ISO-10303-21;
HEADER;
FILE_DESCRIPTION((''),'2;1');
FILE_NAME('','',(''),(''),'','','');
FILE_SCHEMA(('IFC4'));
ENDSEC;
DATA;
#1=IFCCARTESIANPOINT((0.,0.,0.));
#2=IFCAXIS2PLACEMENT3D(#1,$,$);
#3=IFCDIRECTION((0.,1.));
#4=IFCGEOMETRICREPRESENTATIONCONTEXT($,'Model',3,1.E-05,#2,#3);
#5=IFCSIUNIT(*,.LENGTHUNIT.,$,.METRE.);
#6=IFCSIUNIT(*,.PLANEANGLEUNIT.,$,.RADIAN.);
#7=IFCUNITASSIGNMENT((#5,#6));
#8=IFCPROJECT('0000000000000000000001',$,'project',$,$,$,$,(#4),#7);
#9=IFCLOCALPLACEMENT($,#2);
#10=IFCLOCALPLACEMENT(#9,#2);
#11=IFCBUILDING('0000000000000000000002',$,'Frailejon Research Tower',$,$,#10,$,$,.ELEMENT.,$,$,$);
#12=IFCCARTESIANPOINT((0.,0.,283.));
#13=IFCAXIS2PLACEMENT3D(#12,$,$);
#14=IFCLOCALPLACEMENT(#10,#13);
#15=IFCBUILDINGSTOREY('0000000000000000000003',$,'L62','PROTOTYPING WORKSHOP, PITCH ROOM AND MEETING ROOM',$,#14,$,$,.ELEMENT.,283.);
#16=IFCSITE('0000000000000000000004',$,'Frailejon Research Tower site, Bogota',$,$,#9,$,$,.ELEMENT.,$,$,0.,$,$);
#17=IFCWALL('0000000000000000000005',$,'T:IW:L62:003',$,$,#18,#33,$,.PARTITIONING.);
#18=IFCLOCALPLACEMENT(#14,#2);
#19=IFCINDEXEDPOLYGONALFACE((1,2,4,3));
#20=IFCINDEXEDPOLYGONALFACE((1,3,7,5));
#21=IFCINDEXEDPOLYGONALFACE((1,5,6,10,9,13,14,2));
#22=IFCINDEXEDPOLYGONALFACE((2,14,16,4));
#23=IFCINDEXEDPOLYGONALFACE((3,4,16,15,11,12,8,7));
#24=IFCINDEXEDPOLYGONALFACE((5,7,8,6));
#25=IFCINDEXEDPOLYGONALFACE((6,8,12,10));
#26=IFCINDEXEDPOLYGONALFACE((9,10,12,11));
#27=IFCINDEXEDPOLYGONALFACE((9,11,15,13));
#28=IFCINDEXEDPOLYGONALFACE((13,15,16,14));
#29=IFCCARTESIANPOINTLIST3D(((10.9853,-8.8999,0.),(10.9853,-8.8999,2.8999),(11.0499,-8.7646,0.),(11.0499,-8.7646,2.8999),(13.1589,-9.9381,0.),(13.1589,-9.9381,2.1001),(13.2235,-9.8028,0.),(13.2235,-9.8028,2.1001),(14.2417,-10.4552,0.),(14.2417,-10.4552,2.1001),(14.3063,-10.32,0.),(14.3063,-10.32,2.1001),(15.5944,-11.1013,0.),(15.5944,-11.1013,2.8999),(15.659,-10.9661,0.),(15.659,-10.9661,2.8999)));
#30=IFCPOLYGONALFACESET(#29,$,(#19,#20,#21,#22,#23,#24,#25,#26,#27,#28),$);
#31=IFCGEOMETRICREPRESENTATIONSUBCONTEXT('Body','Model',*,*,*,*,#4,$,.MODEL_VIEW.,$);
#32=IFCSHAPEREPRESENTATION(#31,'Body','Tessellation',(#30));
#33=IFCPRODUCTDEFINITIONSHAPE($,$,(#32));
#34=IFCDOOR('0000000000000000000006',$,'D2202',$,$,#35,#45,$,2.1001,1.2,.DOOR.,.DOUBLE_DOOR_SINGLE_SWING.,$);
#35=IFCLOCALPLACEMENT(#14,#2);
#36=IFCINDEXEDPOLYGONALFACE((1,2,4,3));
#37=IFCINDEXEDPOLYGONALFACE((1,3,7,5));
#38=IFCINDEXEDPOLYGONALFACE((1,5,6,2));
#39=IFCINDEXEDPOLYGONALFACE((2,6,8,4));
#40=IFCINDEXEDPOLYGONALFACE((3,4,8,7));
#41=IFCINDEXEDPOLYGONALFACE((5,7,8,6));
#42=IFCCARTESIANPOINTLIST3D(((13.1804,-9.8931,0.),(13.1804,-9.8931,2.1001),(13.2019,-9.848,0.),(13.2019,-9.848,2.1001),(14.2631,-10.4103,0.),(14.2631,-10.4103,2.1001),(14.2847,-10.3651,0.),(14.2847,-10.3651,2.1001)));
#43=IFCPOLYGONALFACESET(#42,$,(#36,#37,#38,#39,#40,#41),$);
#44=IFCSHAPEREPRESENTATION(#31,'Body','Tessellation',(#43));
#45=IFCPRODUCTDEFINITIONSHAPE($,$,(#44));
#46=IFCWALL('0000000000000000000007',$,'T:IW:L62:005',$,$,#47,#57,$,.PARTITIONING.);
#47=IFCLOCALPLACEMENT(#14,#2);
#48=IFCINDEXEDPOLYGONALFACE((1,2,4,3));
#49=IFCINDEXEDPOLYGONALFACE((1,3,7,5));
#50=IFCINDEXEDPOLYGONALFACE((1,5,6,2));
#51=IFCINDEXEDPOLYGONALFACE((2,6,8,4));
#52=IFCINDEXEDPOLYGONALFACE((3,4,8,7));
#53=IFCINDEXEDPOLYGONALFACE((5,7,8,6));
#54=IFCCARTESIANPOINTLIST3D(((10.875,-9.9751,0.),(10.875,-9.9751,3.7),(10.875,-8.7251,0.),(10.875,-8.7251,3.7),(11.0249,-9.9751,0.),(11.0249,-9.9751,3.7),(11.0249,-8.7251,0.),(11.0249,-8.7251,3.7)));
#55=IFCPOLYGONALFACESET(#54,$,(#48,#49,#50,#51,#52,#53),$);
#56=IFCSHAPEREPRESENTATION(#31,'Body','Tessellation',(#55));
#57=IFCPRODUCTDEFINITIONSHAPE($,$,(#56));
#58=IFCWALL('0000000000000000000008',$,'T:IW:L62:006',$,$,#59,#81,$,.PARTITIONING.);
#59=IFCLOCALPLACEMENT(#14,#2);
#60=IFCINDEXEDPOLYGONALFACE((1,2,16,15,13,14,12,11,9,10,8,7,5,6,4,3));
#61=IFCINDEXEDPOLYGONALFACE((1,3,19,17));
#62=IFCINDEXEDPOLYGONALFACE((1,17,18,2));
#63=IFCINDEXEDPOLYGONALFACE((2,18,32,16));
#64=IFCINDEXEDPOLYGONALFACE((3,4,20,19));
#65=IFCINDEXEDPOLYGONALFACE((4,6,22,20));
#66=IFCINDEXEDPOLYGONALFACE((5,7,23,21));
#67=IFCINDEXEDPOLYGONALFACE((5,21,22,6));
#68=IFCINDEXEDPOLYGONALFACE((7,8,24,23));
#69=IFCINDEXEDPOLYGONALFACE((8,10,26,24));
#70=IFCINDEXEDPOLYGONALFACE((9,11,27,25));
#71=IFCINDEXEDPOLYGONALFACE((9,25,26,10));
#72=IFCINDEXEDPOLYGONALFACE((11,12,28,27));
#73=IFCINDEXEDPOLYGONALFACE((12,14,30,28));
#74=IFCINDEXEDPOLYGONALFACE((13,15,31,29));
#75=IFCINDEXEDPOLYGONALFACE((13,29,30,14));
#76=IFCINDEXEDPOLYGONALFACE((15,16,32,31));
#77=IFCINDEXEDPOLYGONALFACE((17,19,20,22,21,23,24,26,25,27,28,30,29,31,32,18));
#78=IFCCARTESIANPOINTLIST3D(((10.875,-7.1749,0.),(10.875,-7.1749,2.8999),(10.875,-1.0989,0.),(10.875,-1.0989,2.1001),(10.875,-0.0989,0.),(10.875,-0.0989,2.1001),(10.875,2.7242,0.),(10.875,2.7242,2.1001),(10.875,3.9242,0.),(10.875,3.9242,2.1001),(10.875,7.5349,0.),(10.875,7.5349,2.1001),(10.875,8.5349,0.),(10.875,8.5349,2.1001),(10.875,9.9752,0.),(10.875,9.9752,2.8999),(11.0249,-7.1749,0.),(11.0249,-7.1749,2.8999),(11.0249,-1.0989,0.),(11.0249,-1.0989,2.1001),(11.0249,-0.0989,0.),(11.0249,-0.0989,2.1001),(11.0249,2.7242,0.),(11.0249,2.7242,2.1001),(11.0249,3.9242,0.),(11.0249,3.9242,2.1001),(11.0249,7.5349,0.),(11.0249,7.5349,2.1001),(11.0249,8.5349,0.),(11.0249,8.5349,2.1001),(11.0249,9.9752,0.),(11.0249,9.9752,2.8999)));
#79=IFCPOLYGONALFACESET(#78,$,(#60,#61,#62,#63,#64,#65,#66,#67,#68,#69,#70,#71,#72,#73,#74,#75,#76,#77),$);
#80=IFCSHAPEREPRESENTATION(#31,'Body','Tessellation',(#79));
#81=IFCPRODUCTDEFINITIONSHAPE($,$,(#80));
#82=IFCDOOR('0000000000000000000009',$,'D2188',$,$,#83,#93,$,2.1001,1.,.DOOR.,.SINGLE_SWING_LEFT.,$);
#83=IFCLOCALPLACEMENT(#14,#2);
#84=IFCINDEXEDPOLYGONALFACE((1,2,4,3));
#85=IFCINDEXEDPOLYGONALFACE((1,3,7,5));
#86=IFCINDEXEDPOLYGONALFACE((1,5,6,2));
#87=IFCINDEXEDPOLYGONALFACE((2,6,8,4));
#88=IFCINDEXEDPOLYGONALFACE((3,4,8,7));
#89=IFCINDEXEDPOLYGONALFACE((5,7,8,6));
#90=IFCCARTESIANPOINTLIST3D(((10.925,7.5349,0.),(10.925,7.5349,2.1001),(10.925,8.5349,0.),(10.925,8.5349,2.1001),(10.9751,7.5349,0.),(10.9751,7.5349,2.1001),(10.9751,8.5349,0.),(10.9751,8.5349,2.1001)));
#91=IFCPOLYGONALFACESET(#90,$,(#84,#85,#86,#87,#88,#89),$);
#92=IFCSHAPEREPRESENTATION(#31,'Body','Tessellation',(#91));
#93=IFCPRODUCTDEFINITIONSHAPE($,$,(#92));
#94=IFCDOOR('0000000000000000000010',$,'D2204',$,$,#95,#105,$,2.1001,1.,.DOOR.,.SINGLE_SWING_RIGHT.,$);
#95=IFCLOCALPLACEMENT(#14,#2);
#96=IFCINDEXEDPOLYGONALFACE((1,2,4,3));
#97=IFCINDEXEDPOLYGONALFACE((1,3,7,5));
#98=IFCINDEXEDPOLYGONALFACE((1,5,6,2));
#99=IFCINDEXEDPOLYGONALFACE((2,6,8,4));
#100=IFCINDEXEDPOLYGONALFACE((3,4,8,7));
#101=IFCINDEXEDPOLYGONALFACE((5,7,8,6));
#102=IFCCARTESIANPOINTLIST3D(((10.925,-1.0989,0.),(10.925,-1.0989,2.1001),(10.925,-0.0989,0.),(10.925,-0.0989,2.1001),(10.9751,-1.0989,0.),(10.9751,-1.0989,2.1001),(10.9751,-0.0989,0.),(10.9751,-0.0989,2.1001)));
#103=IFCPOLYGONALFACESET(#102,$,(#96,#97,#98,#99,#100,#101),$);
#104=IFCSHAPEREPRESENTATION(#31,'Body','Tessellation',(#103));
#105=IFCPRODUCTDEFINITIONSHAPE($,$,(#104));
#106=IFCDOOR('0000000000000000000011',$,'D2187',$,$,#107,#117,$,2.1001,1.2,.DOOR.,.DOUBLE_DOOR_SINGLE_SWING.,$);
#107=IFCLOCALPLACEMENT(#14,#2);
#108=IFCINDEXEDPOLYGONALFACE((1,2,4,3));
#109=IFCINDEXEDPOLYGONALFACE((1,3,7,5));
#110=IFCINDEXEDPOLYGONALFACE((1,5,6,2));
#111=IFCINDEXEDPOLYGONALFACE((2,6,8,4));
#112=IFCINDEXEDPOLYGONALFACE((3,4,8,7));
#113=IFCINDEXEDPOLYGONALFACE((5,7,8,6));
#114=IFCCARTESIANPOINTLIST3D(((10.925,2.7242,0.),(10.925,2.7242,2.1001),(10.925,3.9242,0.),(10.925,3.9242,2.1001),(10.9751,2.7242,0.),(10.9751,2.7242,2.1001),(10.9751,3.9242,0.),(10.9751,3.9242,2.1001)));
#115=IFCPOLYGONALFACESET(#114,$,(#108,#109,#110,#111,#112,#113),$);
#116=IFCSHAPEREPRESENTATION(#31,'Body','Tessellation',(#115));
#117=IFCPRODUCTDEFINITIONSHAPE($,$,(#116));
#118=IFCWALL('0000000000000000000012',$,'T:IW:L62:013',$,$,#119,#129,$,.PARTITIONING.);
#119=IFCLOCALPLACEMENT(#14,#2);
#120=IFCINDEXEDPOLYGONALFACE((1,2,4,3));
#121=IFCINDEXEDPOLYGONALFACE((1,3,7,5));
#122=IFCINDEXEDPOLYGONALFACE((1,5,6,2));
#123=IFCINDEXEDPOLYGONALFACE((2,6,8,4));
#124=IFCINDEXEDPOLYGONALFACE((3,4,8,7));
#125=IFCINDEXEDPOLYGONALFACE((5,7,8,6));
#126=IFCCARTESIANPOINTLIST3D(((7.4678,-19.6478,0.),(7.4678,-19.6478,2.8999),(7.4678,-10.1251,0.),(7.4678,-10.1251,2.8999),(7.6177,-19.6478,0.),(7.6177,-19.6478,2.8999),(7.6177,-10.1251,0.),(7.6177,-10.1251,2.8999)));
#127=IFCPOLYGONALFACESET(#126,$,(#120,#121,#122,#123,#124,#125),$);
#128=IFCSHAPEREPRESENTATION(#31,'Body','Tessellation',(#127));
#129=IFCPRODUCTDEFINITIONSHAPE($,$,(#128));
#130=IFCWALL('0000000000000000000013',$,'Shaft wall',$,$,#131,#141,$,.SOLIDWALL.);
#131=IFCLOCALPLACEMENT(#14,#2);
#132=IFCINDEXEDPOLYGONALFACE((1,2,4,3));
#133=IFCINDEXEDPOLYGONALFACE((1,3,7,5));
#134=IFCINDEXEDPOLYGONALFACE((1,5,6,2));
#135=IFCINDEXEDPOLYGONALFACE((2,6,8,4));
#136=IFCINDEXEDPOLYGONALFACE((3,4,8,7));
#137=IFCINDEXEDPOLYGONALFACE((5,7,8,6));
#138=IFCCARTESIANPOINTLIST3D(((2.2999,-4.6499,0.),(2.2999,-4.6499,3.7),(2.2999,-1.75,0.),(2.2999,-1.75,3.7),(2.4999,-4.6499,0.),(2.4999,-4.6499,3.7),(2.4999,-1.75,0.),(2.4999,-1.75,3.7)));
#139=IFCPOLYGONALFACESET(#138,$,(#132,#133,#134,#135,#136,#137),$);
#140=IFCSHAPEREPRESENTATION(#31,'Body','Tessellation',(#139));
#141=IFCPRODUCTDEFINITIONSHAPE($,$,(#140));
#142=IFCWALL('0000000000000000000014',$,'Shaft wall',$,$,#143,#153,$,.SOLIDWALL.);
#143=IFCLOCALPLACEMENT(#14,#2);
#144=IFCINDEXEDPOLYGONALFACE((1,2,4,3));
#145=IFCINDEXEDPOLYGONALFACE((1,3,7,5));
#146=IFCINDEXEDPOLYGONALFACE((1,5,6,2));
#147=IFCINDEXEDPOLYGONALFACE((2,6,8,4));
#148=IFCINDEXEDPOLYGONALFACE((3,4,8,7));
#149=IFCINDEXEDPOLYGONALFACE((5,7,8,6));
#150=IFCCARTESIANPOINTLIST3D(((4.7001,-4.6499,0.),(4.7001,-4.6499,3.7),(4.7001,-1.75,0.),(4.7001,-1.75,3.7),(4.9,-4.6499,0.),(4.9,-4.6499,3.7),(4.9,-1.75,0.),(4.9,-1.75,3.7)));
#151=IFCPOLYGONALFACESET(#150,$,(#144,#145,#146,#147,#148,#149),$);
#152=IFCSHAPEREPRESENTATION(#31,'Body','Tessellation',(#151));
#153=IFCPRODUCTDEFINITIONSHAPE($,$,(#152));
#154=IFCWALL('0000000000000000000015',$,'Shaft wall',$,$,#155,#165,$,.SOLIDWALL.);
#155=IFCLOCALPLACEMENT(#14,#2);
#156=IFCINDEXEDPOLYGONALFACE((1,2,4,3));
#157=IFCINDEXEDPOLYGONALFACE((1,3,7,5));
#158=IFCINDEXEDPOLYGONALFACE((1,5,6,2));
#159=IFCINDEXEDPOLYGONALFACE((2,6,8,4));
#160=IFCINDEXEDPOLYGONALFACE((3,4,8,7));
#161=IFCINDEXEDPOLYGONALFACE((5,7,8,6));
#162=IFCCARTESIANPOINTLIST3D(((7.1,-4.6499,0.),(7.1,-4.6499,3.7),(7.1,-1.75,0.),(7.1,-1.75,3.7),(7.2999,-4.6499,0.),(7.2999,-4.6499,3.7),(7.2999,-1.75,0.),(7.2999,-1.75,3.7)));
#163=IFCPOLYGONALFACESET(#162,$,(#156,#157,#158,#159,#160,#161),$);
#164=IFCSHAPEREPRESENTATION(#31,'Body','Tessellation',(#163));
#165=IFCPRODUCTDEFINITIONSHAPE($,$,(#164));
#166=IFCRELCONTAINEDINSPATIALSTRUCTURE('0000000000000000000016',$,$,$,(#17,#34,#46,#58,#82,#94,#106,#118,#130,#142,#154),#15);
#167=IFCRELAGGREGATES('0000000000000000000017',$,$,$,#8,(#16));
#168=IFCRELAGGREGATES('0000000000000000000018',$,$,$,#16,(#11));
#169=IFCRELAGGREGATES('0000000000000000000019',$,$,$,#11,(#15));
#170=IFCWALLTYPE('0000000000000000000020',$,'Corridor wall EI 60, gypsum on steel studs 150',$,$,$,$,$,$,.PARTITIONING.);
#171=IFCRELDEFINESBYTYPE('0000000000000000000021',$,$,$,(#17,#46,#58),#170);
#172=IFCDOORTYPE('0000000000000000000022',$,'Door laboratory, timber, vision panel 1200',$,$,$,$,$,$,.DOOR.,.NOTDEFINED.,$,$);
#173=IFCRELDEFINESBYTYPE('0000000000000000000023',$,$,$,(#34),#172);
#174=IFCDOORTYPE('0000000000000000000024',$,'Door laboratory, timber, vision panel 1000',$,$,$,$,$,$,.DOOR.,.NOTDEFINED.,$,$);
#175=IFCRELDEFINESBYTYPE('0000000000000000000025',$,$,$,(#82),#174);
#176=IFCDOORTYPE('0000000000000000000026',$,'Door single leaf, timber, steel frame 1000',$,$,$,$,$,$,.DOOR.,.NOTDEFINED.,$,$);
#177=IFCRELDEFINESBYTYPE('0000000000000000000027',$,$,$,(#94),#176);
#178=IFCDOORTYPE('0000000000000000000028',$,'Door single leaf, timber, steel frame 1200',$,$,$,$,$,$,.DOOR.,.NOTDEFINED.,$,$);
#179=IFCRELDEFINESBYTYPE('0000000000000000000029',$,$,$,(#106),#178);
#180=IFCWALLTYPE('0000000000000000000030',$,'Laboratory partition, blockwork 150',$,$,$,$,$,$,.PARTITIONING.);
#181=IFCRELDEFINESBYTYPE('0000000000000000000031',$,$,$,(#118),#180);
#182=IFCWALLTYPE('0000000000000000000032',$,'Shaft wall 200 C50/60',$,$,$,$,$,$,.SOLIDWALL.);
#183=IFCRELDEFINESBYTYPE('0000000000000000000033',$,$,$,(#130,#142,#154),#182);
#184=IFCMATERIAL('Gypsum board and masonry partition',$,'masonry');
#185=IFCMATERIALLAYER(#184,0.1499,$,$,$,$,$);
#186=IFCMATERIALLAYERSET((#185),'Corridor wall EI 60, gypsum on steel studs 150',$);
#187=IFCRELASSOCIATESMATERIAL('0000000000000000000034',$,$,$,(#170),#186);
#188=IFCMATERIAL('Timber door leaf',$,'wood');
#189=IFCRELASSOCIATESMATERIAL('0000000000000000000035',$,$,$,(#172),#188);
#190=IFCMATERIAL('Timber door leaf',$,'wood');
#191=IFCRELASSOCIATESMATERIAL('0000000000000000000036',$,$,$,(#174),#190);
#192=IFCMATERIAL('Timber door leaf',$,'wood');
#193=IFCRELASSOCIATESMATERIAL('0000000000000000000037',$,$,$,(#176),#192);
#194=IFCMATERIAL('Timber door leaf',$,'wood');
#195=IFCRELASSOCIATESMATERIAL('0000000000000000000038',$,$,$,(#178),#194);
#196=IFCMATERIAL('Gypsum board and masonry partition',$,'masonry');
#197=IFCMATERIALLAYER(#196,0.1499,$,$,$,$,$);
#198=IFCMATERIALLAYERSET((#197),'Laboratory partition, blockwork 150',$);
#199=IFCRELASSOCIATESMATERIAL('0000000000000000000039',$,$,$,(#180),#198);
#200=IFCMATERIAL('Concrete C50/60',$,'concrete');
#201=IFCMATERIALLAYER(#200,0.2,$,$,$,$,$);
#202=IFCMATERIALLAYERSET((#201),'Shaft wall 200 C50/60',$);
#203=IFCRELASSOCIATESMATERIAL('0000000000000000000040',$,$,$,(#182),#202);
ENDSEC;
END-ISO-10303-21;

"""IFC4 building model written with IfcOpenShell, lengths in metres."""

from ifc_helpers import new_model, si_unit, direction, frame, frame_2d, origin, place, context, subcontext, project, spatial, rectangle, extrude, material, layer, layer_set, type_object, element, fill, save


model = new_model("IFC4")

# Units and contexts
model_context = context("Model", 3, precision=1e-05, world=origin(), true_north=direction((0.0, 1.0)))
body_context = subcontext(model_context, "Body", "Model", "MODEL_VIEW")
ifc_project = project(units=[si_unit("LENGTHUNIT", "METRE"), si_unit("PLANEANGLEUNIT", "RADIAN")], contexts=[model_context])

# Site, building, storey
site_placement = place(None, origin())
site = spatial("IfcSite", under=ifc_project, at=site_placement, Name="Frailejon Research Tower site, Bogota", CompositionType="ELEMENT", RefElevation=0.0)
building_placement = place(site_placement, origin())
building = spatial("IfcBuilding", under=site, at=building_placement, Name="Frailejon Research Tower", CompositionType="ELEMENT")
storey_placement = place(building_placement, frame((0.0, 0.0, 283.0)))
storey = spatial("IfcBuildingStorey", under=building, at=storey_placement, Name="L62", Description="PROTOTYPING WORKSHOP, PITCH ROOM AND MEETING ROOM", CompositionType="ELEMENT", Elevation=283.0)

# Wall, opening, door
ifc_material_1 = material(Name="Gypsum board and masonry partition", Category="masonry")
ifc_layer_1 = layer(ifc_material_1, 0.1499)
ifc_layer_set_1 = layer_set([ifc_layer_1], Name="Corridor wall EI 60, gypsum on steel studs 150")
wall_type_1 = type_object("IfcWallType", Name="Corridor wall EI 60, gypsum on steel studs 150", PredefinedType="PARTITIONING", material=ifc_layer_set_1)
wall_1_placement = place(storey_placement, frame((11.0176, -8.8323, 0.0), z_axis=(0.0, 0.0, 1.0), x_axis=(0.902359, -0.430985, 0.0)))
wall_1 = element("IfcWall", 1, at=wall_1_placement, inside=storey, type_object=wall_type_1, Name="T:IW:L62:003", PredefinedType="PARTITIONING", context=body_context, shape_type="SweptSolid", body=[
    extrude(rectangle(XDim=5.1079, YDim=0.1499, at=frame_2d((2.554, 0.0))), origin(), (0.0, 0.0, 1.0), 2.8999),
])
opening_1_placement = place(wall_1_placement, frame((2.4087, 0.0, 0.0)))
opening_1 = element("IfcOpeningElement", 2, at=opening_1_placement, cuts=wall_1, PredefinedType="OPENING", context=body_context, shape_type="SweptSolid", body=[
    extrude(rectangle(XDim=1.2, YDim=2.1001, at=frame_2d((0.6001, 1.05))), frame((0.0, 0.085, 0.0), z_axis=(0.0, -1.0, 0.0), x_axis=(1.0, 0.0, 0.0)), (0.0, 0.0, 1.0), 0.1699),
])
ifc_material_2 = material(Name="Timber door leaf", Category="wood")
door_type_1 = type_object("IfcDoorType", Name="Door laboratory, timber, vision panel 1200", OperationType="NOTDEFINED", PredefinedType="DOOR", material=ifc_material_2)
door_1_placement = place(opening_1_placement, origin())
door_1 = element("IfcDoor", 3, at=door_1_placement, inside=storey, type_object=door_type_1, Name="D2202", OperationType="DOUBLE_DOOR_SINGLE_SWING", OverallHeight=2.1001, OverallWidth=1.2, PredefinedType="DOOR", context=body_context, shape_type="SweptSolid", body=[
    extrude(rectangle(XDim=1.2, YDim=2.1001, at=frame_2d((0.6001, 1.05))), frame((0.0, 0.0249, 0.0), z_axis=(0.0, -1.0, 0.0), x_axis=(1.0, 0.0, 0.0)), (0.0, 0.0, 1.0), 0.05),
])
fill(opening_1, door_1)

# Wall
wall_2_placement = place(storey_placement, frame((10.95, -9.9751, 0.0), z_axis=(0.0, 0.0, 1.0), x_axis=(0.0, 1.0, 0.0)))
element("IfcWall", 4, at=wall_2_placement, inside=storey, type_object=wall_type_1, Name="T:IW:L62:005", PredefinedType="PARTITIONING", context=body_context, shape_type="SweptSolid", body=[
    extrude(rectangle(XDim=1.25, YDim=0.1499, at=frame_2d((0.625, 0.0))), origin(), (0.0, 0.0, 1.0), 3.7),
])

# Wall, openings, doors
wall_3_placement = place(storey_placement, frame((10.95, -7.175, 0.0), z_axis=(0.0, 0.0, 1.0), x_axis=(0.0, 1.0, 0.0)))
wall_3 = element("IfcWall", 5, at=wall_3_placement, inside=storey, type_object=wall_type_1, Name="T:IW:L62:006", PredefinedType="PARTITIONING", context=body_context, shape_type="SweptSolid", body=[
    extrude(rectangle(XDim=17.1501, YDim=0.1499, at=frame_2d((8.5752, 0.0))), origin(), (0.0, 0.0, 1.0), 2.8999),
])
opening_2_placement = place(wall_3_placement, frame((9.8992, 0.0, 0.0)))
opening_2 = element("IfcOpeningElement", 6, at=opening_2_placement, cuts=wall_3, PredefinedType="OPENING", context=body_context, shape_type="SweptSolid", body=[
    extrude(rectangle(XDim=1.2, YDim=2.1001, at=frame_2d((0.6001, 1.05))), frame((0.0, 0.085, 0.0), z_axis=(0.0, -1.0, 0.0), x_axis=(1.0, 0.0, 0.0)), (0.0, 0.0, 1.0), 0.1699),
])
opening_3_placement = place(wall_3_placement, frame((14.71, 0.0, 0.0)))
opening_3 = element("IfcOpeningElement", 7, at=opening_3_placement, cuts=wall_3, PredefinedType="OPENING", context=body_context, shape_type="SweptSolid", body=[
    extrude(rectangle(XDim=1.0, YDim=2.1001, at=frame_2d((0.5, 1.05))), frame((0.0, 0.085, 0.0), z_axis=(0.0, -1.0, 0.0), x_axis=(1.0, 0.0, 0.0)), (0.0, 0.0, 1.0), 0.1699),
])
opening_4_placement = place(wall_3_placement, frame((6.0762, 0.0, 0.0)))
opening_4 = element("IfcOpeningElement", 8, at=opening_4_placement, cuts=wall_3, PredefinedType="OPENING", context=body_context, shape_type="SweptSolid", body=[
    extrude(rectangle(XDim=1.0, YDim=2.1001, at=frame_2d((0.5, 1.05))), frame((0.0, 0.085, 0.0), z_axis=(0.0, -1.0, 0.0), x_axis=(1.0, 0.0, 0.0)), (0.0, 0.0, 1.0), 0.1699),
])
ifc_material_3 = material(Name="Timber door leaf", Category="wood")
door_type_2 = type_object("IfcDoorType", Name="Door laboratory, timber, vision panel 1000", OperationType="NOTDEFINED", PredefinedType="DOOR", material=ifc_material_3)
door_2_placement = place(opening_3_placement, origin())
door_2 = element("IfcDoor", 9, at=door_2_placement, inside=storey, type_object=door_type_2, Name="D2188", OperationType="SINGLE_SWING_LEFT", OverallHeight=2.1001, OverallWidth=1.0, PredefinedType="DOOR", context=body_context, shape_type="SweptSolid", body=[
    extrude(rectangle(XDim=1.0, YDim=2.1001, at=frame_2d((0.5, 1.05))), frame((0.0, 0.0249, 0.0), z_axis=(0.0, -1.0, 0.0), x_axis=(1.0, 0.0, 0.0)), (0.0, 0.0, 1.0), 0.05),
])
fill(opening_3, door_2)
ifc_material_4 = material(Name="Timber door leaf", Category="wood")
door_type_3 = type_object("IfcDoorType", Name="Door single leaf, timber, steel frame 1000", OperationType="NOTDEFINED", PredefinedType="DOOR", material=ifc_material_4)
door_3_placement = place(opening_4_placement, origin())
door_3 = element("IfcDoor", 10, at=door_3_placement, inside=storey, type_object=door_type_3, Name="D2204", OperationType="SINGLE_SWING_RIGHT", OverallHeight=2.1001, OverallWidth=1.0, PredefinedType="DOOR", context=body_context, shape_type="SweptSolid", body=[
    extrude(rectangle(XDim=1.0, YDim=2.1001, at=frame_2d((0.5, 1.05))), frame((0.0, 0.0249, 0.0), z_axis=(0.0, -1.0, 0.0), x_axis=(1.0, 0.0, 0.0)), (0.0, 0.0, 1.0), 0.05),
])
fill(opening_4, door_3)
ifc_material_5 = material(Name="Timber door leaf", Category="wood")
door_type_4 = type_object("IfcDoorType", Name="Door single leaf, timber, steel frame 1200", OperationType="NOTDEFINED", PredefinedType="DOOR", material=ifc_material_5)
door_4_placement = place(opening_2_placement, origin())
door_4 = element("IfcDoor", 11, at=door_4_placement, inside=storey, type_object=door_type_4, Name="D2187", OperationType="DOUBLE_DOOR_SINGLE_SWING", OverallHeight=2.1001, OverallWidth=1.2, PredefinedType="DOOR", context=body_context, shape_type="SweptSolid", body=[
    extrude(rectangle(XDim=1.2, YDim=2.1001, at=frame_2d((0.6001, 1.05))), frame((0.0, 0.0249, 0.0), z_axis=(0.0, -1.0, 0.0), x_axis=(1.0, 0.0, 0.0)), (0.0, 0.0, 1.0), 0.05),
])
fill(opening_2, door_4)

# Walls
ifc_material_6 = material(Name="Gypsum board and masonry partition", Category="masonry")
ifc_layer_2 = layer(ifc_material_6, 0.1499)
ifc_layer_set_2 = layer_set([ifc_layer_2], Name="Laboratory partition, blockwork 150")
wall_type_2 = type_object("IfcWallType", Name="Laboratory partition, blockwork 150", PredefinedType="PARTITIONING", material=ifc_layer_set_2)
wall_4_placement = place(storey_placement, frame((7.5427, -19.6477, 0.0), z_axis=(0.0, 0.0, 1.0), x_axis=(0.0, 1.0, 0.0)))
element("IfcWall", 12, at=wall_4_placement, inside=storey, type_object=wall_type_2, Name="T:IW:L62:013", PredefinedType="PARTITIONING", context=body_context, shape_type="SweptSolid", body=[
    extrude(rectangle(XDim=9.5227, YDim=0.1499, at=frame_2d((4.7612, 0.0))), origin(), (0.0, 0.0, 1.0), 2.8999),
])
ifc_material_7 = material(Name="Concrete C50/60", Category="concrete")
ifc_layer_3 = layer(ifc_material_7, 0.2)
ifc_layer_set_3 = layer_set([ifc_layer_3], Name="Shaft wall 200 C50/60")
wall_type_3 = type_object("IfcWallType", Name="Shaft wall 200 C50/60", PredefinedType="SOLIDWALL", material=ifc_layer_set_3)
for number, where, z_axis, x_axis, name in (
    (13, (2.3999, -4.6499, 0.0), (0.0, 0.0, 1.0), (0.0, 1.0, 0.0), "Shaft wall"),
    (14, (4.8, -4.6499, 0.0), (0.0, 0.0, 1.0), (0.0, 1.0, 0.0), "Shaft wall"),
    (15, (7.2, -4.6499, 0.0), (0.0, 0.0, 1.0), (0.0, 1.0, 0.0), "Shaft wall"),
):
    element("IfcWall", number, at=place(storey_placement, frame(where, z_axis=z_axis, x_axis=x_axis)), inside=storey, type_object=wall_type_3, Name=name, PredefinedType="SOLIDWALL", context=body_context, shape_type="SweptSolid", body=[
        extrude(rectangle(XDim=2.8999, YDim=0.2, at=frame_2d((1.45, 0.0))), origin(), (0.0, 0.0, 1.0), 3.7),
    ])

save(model, "model.ifc")
